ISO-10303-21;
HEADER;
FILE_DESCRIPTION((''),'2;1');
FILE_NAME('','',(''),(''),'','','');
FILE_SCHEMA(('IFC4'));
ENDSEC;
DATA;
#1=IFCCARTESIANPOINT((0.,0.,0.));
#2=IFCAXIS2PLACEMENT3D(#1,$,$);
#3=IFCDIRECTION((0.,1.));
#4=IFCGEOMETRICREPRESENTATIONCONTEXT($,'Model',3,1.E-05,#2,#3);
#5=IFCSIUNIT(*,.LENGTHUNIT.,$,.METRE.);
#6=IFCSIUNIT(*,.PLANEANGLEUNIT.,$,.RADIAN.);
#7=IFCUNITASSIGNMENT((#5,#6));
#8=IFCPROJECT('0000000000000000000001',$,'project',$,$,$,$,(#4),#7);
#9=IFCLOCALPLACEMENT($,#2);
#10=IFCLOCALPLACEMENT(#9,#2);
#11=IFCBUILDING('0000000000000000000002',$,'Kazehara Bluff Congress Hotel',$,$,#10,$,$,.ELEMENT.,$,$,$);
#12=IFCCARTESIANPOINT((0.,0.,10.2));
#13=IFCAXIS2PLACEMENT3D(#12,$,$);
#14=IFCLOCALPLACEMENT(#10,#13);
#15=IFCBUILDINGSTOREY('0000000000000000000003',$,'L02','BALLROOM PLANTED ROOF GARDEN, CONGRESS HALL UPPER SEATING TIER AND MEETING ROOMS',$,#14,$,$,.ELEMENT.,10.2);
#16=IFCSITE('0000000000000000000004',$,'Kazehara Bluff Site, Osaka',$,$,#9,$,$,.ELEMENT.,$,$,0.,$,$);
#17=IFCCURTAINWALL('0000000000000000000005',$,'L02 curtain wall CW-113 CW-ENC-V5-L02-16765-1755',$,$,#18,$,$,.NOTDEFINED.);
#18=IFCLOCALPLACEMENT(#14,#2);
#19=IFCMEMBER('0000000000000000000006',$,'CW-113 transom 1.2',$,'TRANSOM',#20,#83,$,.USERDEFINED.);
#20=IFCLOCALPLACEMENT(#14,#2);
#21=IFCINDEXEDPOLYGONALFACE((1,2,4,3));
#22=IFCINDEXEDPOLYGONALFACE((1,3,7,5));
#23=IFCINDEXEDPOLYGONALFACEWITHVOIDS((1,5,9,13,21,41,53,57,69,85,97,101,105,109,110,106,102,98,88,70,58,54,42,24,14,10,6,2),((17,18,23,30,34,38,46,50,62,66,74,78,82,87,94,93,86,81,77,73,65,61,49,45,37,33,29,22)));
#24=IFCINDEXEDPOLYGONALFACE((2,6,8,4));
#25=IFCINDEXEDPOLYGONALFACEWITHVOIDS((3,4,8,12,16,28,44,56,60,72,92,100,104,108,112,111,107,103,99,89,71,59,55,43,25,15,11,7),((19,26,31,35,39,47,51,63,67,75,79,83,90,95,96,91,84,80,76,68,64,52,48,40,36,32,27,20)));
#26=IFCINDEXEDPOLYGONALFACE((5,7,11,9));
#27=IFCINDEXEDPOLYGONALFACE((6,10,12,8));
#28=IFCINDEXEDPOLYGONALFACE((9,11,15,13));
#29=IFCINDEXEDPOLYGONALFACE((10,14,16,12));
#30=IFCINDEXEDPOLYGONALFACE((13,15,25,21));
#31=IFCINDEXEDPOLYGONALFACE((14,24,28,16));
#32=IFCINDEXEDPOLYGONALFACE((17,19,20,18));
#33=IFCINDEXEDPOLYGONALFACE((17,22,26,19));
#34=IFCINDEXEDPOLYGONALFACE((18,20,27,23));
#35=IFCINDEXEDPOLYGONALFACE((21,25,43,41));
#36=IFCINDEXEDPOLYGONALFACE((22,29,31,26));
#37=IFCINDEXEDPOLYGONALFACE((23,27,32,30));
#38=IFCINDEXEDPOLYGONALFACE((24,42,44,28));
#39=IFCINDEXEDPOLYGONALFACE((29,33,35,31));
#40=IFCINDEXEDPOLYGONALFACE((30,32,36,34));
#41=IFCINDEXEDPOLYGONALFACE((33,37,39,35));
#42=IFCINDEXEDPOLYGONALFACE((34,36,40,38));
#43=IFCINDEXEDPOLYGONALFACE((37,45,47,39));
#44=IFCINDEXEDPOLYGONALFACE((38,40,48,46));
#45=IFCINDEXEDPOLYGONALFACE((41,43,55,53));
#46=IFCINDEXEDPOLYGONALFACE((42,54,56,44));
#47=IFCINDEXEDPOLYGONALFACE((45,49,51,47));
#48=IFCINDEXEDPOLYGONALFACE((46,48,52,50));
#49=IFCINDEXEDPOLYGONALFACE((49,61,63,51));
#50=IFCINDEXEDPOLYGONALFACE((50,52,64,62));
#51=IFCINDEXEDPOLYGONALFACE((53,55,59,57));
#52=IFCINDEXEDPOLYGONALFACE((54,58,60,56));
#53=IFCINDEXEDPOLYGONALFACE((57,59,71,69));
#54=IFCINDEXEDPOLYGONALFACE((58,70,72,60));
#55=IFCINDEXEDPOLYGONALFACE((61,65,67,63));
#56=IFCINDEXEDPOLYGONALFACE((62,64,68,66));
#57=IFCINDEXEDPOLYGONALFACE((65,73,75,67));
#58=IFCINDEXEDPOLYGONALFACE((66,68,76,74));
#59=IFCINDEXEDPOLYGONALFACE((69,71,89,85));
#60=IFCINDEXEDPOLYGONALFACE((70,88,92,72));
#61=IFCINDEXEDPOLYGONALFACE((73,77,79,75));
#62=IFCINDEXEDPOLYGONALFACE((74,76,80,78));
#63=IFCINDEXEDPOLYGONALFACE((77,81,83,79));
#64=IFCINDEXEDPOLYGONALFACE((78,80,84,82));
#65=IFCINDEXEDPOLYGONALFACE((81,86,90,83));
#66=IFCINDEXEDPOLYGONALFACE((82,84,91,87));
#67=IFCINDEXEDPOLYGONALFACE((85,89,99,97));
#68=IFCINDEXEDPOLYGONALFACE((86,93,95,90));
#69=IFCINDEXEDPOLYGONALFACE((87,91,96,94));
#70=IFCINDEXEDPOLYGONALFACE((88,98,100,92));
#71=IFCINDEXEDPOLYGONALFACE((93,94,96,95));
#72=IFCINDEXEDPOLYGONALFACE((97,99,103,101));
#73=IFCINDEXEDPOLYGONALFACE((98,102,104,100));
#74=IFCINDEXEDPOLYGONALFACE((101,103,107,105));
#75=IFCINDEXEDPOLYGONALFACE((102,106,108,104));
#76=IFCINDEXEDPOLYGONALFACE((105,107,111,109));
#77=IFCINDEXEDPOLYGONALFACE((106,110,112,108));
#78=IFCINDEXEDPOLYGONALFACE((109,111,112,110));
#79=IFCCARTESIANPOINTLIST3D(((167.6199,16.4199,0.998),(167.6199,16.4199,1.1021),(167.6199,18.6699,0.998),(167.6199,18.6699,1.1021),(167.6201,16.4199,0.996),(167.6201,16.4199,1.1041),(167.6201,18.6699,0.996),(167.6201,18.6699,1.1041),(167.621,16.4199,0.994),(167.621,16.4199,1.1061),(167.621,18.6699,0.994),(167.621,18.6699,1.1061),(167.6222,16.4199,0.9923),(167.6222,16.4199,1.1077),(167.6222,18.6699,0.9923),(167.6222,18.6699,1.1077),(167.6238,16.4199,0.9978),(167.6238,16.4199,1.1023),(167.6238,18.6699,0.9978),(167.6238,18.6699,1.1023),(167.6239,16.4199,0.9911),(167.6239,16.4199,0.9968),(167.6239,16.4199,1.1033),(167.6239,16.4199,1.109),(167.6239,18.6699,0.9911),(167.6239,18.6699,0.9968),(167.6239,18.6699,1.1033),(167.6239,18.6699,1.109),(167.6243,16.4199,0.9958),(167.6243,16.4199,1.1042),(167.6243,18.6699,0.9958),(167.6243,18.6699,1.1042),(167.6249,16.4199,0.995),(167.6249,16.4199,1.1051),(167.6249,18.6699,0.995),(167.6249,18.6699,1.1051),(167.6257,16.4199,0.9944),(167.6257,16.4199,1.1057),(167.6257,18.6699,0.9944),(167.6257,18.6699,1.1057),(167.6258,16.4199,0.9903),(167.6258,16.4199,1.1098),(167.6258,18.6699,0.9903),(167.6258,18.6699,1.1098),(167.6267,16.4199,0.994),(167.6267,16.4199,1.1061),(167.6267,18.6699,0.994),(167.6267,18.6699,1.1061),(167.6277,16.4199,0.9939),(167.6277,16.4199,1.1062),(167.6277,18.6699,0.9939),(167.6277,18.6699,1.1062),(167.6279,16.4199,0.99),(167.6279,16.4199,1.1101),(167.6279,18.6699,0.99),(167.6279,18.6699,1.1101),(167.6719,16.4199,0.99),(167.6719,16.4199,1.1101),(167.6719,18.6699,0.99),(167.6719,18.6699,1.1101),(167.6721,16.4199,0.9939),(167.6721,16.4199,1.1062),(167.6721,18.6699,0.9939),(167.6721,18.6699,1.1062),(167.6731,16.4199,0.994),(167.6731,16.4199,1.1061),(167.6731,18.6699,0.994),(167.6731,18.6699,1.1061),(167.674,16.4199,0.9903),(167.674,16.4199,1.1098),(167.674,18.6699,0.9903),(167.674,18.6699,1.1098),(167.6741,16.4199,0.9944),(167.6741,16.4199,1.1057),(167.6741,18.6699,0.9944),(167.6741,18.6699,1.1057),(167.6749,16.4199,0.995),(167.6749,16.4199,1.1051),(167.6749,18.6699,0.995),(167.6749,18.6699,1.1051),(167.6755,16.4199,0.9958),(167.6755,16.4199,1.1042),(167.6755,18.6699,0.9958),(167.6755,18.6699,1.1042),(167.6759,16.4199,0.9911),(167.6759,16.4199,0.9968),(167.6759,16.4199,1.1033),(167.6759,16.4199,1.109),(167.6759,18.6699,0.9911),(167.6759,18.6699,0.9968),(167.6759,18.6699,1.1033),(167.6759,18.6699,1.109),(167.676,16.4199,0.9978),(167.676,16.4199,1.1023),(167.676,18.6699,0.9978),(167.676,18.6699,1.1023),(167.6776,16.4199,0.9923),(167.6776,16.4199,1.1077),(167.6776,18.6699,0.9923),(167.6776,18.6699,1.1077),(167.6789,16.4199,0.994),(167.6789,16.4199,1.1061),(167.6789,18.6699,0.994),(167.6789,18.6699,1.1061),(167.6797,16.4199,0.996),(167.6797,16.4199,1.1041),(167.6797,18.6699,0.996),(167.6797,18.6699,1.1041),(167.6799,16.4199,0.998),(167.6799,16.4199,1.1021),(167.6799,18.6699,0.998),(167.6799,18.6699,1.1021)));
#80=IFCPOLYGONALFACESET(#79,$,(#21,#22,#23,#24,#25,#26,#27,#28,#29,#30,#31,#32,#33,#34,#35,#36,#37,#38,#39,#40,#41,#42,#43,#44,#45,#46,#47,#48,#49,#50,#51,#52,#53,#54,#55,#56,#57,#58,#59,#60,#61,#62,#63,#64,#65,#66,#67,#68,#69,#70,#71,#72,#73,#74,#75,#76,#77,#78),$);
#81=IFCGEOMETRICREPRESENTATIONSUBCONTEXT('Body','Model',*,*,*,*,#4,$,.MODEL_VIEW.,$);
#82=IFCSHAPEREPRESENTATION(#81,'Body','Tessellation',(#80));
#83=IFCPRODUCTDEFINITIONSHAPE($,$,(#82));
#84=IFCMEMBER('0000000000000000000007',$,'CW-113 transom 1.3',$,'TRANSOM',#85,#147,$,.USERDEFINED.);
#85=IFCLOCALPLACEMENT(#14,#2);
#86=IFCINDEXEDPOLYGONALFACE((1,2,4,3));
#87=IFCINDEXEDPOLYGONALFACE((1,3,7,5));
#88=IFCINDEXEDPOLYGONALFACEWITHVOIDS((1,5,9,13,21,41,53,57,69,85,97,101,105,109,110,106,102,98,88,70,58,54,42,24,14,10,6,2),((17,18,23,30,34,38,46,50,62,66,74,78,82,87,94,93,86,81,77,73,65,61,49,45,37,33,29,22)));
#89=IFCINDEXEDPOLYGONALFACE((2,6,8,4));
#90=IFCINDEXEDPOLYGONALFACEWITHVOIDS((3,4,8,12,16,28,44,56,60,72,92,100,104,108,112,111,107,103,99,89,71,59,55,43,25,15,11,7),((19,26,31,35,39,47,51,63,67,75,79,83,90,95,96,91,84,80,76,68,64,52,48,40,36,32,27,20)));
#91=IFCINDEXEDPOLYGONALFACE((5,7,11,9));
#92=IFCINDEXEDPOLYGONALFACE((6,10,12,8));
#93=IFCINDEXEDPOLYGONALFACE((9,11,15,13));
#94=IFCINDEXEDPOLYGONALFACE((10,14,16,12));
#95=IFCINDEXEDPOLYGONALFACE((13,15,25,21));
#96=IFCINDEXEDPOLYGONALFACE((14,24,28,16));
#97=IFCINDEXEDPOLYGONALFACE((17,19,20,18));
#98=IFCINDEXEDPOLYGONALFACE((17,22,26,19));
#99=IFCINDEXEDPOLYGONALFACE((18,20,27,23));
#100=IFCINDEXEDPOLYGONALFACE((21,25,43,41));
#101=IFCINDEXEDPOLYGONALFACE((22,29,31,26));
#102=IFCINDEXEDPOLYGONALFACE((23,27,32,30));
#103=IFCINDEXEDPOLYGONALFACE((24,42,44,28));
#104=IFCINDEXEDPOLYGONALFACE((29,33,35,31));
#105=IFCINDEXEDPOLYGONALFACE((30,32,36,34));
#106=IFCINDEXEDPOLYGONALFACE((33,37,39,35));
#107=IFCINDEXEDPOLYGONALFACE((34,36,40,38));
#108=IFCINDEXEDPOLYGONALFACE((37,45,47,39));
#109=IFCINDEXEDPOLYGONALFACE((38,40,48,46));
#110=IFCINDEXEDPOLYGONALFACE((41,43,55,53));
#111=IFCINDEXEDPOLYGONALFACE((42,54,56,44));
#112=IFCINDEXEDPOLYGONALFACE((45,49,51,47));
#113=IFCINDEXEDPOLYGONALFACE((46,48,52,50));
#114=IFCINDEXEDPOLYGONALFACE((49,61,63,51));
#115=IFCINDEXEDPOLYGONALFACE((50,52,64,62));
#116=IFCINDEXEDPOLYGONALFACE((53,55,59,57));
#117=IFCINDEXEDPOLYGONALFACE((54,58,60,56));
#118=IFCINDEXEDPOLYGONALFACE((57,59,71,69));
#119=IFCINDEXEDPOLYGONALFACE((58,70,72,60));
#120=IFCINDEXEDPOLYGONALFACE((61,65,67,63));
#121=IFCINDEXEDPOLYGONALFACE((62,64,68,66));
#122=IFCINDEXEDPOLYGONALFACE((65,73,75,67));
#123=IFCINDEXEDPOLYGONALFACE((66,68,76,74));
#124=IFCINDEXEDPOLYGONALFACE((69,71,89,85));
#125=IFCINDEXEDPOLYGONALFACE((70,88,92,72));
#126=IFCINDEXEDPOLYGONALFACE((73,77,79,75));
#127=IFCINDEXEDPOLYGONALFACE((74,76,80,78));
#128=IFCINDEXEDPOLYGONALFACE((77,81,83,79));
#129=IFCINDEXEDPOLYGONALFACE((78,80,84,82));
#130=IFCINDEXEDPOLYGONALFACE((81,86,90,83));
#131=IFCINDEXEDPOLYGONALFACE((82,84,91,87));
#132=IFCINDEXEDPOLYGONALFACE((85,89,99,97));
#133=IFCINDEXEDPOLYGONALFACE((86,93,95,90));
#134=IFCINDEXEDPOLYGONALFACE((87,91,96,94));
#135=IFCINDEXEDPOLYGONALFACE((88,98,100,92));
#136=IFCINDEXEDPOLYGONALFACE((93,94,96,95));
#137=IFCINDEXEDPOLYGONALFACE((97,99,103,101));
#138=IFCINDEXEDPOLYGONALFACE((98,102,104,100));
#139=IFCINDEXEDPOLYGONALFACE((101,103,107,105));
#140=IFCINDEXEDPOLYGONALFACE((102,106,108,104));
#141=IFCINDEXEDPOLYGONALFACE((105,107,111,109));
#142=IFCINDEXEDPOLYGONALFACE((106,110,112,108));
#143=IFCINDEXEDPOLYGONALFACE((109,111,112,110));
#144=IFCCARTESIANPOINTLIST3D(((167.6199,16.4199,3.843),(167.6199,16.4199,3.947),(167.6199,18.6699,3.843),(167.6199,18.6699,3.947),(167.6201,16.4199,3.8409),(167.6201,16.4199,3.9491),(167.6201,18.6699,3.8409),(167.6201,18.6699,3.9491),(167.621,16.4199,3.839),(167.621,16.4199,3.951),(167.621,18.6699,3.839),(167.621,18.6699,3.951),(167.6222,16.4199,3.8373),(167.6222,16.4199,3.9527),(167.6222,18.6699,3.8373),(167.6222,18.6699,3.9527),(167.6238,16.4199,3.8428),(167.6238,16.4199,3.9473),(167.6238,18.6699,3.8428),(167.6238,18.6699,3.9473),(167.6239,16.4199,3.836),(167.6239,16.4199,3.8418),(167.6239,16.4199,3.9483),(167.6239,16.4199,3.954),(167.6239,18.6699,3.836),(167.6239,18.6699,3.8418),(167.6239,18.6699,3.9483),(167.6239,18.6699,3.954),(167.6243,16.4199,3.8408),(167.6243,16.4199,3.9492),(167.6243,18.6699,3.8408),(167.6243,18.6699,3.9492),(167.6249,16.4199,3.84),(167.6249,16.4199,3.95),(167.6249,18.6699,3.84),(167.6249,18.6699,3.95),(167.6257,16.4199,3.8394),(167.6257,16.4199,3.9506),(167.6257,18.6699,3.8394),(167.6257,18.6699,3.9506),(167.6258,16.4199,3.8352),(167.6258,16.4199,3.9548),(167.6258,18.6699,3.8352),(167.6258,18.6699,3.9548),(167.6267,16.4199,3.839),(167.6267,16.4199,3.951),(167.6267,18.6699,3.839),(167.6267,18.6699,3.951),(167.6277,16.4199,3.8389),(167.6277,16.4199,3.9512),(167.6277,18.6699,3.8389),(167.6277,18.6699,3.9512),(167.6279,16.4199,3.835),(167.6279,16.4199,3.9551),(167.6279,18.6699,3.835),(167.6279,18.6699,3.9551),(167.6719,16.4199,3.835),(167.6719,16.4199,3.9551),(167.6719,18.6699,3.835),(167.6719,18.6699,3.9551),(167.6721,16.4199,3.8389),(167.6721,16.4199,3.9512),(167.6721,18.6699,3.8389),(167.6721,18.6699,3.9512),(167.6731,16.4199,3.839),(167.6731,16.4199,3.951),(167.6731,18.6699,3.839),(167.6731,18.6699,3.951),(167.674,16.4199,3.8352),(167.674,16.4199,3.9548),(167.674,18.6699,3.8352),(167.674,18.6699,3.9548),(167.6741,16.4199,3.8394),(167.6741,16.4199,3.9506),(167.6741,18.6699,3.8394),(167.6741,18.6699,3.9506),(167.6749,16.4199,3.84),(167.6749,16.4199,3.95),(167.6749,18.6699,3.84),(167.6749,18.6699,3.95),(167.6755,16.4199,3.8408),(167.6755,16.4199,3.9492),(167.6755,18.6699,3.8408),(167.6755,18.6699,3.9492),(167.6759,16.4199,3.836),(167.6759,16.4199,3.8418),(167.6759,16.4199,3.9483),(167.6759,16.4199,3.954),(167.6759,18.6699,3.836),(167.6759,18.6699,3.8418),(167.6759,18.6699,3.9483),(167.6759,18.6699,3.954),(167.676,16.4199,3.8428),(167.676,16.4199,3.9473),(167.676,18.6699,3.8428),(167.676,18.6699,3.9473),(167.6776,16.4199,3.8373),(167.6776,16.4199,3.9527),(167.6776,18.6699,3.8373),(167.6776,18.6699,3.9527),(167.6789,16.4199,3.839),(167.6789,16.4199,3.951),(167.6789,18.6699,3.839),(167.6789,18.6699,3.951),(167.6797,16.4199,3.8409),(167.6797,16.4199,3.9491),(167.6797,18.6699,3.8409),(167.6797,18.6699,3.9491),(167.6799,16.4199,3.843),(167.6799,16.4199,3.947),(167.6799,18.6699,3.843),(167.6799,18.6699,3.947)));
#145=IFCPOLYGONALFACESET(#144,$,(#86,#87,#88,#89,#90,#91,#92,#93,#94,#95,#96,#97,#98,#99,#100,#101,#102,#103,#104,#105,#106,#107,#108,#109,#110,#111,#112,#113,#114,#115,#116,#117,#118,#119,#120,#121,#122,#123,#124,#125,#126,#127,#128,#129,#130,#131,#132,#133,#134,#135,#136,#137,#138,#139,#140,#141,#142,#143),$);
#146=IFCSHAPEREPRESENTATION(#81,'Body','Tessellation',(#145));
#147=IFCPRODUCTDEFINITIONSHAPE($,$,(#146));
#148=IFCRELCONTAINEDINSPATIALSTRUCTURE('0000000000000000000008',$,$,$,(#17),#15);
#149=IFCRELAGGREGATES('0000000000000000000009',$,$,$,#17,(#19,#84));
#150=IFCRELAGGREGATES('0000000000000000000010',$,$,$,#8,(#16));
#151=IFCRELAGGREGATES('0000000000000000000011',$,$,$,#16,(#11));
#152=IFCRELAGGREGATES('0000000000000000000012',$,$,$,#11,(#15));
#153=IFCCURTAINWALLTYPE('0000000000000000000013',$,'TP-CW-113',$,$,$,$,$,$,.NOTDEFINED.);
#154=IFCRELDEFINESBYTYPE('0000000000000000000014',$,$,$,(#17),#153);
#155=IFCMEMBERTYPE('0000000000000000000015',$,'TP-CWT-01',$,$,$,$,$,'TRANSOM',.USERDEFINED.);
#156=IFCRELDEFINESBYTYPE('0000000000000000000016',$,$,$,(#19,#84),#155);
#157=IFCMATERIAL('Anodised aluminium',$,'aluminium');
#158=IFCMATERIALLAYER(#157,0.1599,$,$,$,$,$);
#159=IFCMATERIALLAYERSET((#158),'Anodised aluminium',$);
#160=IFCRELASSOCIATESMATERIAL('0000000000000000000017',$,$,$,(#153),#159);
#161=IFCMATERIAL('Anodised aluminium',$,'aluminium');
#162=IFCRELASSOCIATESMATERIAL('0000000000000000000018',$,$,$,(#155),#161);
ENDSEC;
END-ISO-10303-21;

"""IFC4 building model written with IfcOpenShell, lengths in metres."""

from ifc_helpers import new_model, si_unit, direction, frame, origin, origin_2d, place, context, subcontext, project, spatial, hollow_rectangle, extrude, material, layer, layer_set, material_profile, profile_set, type_object, element, aggregate, save


model = new_model("IFC4")

# Units and contexts
model_context = context("Model", 3, precision=1e-05, world=origin(), true_north=direction((0.0, 1.0)))
body_context = subcontext(model_context, "Body", "Model", "MODEL_VIEW")
ifc_project = project(units=[si_unit("LENGTHUNIT", "METRE"), si_unit("PLANEANGLEUNIT", "RADIAN")], contexts=[model_context])

# Site, building, storey
site_placement = place(None, origin())
site = spatial("IfcSite", under=ifc_project, at=site_placement, Name="Kazehara Bluff Site, Osaka", CompositionType="ELEMENT", RefElevation=0.0)
building_placement = place(site_placement, origin())
building = spatial("IfcBuilding", under=site, at=building_placement, Name="Kazehara Bluff Congress Hotel", CompositionType="ELEMENT")
storey_placement = place(building_placement, frame((0.0, 0.0, 10.2)))
storey = spatial("IfcBuildingStorey", under=building, at=storey_placement, Name="L02", Description="BALLROOM PLANTED ROOF GARDEN, CONGRESS HALL UPPER SEATING TIER AND MEETING ROOMS", CompositionType="ELEMENT", Elevation=10.2)

# Curtain wall, members
ifc_material_1 = material(Name="Anodised aluminium", Category="aluminium")
ifc_layer_1 = layer(ifc_material_1, 0.1599)
ifc_layer_set_1 = layer_set([ifc_layer_1], Name="Anodised aluminium")
curtain_wall_type = type_object("IfcCurtainWallType", Name="TP-CW-113", PredefinedType="NOTDEFINED", material=ifc_layer_set_1)
curtain_wall_placement = place(storey_placement, origin())
curtain_wall = element("IfcCurtainWall", 1, at=curtain_wall_placement, inside=storey, type_object=curtain_wall_type, Name="L02 curtain wall CW-113 CW-ENC-V5-L02-16765-1755", PredefinedType="NOTDEFINED")
ifc_material_2 = material(Name="Anodised aluminium", Category="aluminium")
ifc_material_profile_1 = material_profile(ifc_material_2, hollow_rectangle(XDim=0.0601, YDim=0.1201, WallThickness=0.0039, InnerFilletRadius=0.0039, OuterFilletRadius=0.0081, at=origin_2d()))
ifc_profile_set_1 = profile_set([ifc_material_profile_1], Name="Anodised aluminium")
member_type_1 = type_object("IfcMemberType", Name="TP-CWT-01", ElementType="TRANSOM", PredefinedType="USERDEFINED", material=ifc_profile_set_1)
member_1_placement = place(storey_placement, frame((167.6499, 18.6699, 1.05), z_axis=(0.0, -1.0, 0.0), x_axis=(1.0, 0.0, 0.0)))
member_1 = element("IfcMember", 2, at=member_1_placement, type_object=member_type_1, Name="CW-113 transom 1.2", ObjectType="TRANSOM", PredefinedType="USERDEFINED", context=body_context, shape_type="SweptSolid", body=[
    extrude(hollow_rectangle(XDim=0.0601, YDim=0.1201, WallThickness=0.0039, InnerFilletRadius=0.0039, OuterFilletRadius=0.0081, at=origin_2d()), origin(), (0.0, 0.0, 1.0), 2.25),
])
member_2_placement = place(storey_placement, frame((167.6499, 18.6699, 3.895), z_axis=(0.0, -1.0, 0.0), x_axis=(1.0, 0.0, 0.0)))
member_2 = element("IfcMember", 3, at=member_2_placement, type_object=member_type_1, Name="CW-113 transom 1.3", ObjectType="TRANSOM", PredefinedType="USERDEFINED", context=body_context, shape_type="SweptSolid", body=[
    extrude(hollow_rectangle(XDim=0.0601, YDim=0.1201, WallThickness=0.0039, InnerFilletRadius=0.0039, OuterFilletRadius=0.0081, at=origin_2d()), origin(), (0.0, 0.0, 1.0), 2.25),
])

aggregate(curtain_wall, [member_1, member_2])

save(model, "model.ifc")
